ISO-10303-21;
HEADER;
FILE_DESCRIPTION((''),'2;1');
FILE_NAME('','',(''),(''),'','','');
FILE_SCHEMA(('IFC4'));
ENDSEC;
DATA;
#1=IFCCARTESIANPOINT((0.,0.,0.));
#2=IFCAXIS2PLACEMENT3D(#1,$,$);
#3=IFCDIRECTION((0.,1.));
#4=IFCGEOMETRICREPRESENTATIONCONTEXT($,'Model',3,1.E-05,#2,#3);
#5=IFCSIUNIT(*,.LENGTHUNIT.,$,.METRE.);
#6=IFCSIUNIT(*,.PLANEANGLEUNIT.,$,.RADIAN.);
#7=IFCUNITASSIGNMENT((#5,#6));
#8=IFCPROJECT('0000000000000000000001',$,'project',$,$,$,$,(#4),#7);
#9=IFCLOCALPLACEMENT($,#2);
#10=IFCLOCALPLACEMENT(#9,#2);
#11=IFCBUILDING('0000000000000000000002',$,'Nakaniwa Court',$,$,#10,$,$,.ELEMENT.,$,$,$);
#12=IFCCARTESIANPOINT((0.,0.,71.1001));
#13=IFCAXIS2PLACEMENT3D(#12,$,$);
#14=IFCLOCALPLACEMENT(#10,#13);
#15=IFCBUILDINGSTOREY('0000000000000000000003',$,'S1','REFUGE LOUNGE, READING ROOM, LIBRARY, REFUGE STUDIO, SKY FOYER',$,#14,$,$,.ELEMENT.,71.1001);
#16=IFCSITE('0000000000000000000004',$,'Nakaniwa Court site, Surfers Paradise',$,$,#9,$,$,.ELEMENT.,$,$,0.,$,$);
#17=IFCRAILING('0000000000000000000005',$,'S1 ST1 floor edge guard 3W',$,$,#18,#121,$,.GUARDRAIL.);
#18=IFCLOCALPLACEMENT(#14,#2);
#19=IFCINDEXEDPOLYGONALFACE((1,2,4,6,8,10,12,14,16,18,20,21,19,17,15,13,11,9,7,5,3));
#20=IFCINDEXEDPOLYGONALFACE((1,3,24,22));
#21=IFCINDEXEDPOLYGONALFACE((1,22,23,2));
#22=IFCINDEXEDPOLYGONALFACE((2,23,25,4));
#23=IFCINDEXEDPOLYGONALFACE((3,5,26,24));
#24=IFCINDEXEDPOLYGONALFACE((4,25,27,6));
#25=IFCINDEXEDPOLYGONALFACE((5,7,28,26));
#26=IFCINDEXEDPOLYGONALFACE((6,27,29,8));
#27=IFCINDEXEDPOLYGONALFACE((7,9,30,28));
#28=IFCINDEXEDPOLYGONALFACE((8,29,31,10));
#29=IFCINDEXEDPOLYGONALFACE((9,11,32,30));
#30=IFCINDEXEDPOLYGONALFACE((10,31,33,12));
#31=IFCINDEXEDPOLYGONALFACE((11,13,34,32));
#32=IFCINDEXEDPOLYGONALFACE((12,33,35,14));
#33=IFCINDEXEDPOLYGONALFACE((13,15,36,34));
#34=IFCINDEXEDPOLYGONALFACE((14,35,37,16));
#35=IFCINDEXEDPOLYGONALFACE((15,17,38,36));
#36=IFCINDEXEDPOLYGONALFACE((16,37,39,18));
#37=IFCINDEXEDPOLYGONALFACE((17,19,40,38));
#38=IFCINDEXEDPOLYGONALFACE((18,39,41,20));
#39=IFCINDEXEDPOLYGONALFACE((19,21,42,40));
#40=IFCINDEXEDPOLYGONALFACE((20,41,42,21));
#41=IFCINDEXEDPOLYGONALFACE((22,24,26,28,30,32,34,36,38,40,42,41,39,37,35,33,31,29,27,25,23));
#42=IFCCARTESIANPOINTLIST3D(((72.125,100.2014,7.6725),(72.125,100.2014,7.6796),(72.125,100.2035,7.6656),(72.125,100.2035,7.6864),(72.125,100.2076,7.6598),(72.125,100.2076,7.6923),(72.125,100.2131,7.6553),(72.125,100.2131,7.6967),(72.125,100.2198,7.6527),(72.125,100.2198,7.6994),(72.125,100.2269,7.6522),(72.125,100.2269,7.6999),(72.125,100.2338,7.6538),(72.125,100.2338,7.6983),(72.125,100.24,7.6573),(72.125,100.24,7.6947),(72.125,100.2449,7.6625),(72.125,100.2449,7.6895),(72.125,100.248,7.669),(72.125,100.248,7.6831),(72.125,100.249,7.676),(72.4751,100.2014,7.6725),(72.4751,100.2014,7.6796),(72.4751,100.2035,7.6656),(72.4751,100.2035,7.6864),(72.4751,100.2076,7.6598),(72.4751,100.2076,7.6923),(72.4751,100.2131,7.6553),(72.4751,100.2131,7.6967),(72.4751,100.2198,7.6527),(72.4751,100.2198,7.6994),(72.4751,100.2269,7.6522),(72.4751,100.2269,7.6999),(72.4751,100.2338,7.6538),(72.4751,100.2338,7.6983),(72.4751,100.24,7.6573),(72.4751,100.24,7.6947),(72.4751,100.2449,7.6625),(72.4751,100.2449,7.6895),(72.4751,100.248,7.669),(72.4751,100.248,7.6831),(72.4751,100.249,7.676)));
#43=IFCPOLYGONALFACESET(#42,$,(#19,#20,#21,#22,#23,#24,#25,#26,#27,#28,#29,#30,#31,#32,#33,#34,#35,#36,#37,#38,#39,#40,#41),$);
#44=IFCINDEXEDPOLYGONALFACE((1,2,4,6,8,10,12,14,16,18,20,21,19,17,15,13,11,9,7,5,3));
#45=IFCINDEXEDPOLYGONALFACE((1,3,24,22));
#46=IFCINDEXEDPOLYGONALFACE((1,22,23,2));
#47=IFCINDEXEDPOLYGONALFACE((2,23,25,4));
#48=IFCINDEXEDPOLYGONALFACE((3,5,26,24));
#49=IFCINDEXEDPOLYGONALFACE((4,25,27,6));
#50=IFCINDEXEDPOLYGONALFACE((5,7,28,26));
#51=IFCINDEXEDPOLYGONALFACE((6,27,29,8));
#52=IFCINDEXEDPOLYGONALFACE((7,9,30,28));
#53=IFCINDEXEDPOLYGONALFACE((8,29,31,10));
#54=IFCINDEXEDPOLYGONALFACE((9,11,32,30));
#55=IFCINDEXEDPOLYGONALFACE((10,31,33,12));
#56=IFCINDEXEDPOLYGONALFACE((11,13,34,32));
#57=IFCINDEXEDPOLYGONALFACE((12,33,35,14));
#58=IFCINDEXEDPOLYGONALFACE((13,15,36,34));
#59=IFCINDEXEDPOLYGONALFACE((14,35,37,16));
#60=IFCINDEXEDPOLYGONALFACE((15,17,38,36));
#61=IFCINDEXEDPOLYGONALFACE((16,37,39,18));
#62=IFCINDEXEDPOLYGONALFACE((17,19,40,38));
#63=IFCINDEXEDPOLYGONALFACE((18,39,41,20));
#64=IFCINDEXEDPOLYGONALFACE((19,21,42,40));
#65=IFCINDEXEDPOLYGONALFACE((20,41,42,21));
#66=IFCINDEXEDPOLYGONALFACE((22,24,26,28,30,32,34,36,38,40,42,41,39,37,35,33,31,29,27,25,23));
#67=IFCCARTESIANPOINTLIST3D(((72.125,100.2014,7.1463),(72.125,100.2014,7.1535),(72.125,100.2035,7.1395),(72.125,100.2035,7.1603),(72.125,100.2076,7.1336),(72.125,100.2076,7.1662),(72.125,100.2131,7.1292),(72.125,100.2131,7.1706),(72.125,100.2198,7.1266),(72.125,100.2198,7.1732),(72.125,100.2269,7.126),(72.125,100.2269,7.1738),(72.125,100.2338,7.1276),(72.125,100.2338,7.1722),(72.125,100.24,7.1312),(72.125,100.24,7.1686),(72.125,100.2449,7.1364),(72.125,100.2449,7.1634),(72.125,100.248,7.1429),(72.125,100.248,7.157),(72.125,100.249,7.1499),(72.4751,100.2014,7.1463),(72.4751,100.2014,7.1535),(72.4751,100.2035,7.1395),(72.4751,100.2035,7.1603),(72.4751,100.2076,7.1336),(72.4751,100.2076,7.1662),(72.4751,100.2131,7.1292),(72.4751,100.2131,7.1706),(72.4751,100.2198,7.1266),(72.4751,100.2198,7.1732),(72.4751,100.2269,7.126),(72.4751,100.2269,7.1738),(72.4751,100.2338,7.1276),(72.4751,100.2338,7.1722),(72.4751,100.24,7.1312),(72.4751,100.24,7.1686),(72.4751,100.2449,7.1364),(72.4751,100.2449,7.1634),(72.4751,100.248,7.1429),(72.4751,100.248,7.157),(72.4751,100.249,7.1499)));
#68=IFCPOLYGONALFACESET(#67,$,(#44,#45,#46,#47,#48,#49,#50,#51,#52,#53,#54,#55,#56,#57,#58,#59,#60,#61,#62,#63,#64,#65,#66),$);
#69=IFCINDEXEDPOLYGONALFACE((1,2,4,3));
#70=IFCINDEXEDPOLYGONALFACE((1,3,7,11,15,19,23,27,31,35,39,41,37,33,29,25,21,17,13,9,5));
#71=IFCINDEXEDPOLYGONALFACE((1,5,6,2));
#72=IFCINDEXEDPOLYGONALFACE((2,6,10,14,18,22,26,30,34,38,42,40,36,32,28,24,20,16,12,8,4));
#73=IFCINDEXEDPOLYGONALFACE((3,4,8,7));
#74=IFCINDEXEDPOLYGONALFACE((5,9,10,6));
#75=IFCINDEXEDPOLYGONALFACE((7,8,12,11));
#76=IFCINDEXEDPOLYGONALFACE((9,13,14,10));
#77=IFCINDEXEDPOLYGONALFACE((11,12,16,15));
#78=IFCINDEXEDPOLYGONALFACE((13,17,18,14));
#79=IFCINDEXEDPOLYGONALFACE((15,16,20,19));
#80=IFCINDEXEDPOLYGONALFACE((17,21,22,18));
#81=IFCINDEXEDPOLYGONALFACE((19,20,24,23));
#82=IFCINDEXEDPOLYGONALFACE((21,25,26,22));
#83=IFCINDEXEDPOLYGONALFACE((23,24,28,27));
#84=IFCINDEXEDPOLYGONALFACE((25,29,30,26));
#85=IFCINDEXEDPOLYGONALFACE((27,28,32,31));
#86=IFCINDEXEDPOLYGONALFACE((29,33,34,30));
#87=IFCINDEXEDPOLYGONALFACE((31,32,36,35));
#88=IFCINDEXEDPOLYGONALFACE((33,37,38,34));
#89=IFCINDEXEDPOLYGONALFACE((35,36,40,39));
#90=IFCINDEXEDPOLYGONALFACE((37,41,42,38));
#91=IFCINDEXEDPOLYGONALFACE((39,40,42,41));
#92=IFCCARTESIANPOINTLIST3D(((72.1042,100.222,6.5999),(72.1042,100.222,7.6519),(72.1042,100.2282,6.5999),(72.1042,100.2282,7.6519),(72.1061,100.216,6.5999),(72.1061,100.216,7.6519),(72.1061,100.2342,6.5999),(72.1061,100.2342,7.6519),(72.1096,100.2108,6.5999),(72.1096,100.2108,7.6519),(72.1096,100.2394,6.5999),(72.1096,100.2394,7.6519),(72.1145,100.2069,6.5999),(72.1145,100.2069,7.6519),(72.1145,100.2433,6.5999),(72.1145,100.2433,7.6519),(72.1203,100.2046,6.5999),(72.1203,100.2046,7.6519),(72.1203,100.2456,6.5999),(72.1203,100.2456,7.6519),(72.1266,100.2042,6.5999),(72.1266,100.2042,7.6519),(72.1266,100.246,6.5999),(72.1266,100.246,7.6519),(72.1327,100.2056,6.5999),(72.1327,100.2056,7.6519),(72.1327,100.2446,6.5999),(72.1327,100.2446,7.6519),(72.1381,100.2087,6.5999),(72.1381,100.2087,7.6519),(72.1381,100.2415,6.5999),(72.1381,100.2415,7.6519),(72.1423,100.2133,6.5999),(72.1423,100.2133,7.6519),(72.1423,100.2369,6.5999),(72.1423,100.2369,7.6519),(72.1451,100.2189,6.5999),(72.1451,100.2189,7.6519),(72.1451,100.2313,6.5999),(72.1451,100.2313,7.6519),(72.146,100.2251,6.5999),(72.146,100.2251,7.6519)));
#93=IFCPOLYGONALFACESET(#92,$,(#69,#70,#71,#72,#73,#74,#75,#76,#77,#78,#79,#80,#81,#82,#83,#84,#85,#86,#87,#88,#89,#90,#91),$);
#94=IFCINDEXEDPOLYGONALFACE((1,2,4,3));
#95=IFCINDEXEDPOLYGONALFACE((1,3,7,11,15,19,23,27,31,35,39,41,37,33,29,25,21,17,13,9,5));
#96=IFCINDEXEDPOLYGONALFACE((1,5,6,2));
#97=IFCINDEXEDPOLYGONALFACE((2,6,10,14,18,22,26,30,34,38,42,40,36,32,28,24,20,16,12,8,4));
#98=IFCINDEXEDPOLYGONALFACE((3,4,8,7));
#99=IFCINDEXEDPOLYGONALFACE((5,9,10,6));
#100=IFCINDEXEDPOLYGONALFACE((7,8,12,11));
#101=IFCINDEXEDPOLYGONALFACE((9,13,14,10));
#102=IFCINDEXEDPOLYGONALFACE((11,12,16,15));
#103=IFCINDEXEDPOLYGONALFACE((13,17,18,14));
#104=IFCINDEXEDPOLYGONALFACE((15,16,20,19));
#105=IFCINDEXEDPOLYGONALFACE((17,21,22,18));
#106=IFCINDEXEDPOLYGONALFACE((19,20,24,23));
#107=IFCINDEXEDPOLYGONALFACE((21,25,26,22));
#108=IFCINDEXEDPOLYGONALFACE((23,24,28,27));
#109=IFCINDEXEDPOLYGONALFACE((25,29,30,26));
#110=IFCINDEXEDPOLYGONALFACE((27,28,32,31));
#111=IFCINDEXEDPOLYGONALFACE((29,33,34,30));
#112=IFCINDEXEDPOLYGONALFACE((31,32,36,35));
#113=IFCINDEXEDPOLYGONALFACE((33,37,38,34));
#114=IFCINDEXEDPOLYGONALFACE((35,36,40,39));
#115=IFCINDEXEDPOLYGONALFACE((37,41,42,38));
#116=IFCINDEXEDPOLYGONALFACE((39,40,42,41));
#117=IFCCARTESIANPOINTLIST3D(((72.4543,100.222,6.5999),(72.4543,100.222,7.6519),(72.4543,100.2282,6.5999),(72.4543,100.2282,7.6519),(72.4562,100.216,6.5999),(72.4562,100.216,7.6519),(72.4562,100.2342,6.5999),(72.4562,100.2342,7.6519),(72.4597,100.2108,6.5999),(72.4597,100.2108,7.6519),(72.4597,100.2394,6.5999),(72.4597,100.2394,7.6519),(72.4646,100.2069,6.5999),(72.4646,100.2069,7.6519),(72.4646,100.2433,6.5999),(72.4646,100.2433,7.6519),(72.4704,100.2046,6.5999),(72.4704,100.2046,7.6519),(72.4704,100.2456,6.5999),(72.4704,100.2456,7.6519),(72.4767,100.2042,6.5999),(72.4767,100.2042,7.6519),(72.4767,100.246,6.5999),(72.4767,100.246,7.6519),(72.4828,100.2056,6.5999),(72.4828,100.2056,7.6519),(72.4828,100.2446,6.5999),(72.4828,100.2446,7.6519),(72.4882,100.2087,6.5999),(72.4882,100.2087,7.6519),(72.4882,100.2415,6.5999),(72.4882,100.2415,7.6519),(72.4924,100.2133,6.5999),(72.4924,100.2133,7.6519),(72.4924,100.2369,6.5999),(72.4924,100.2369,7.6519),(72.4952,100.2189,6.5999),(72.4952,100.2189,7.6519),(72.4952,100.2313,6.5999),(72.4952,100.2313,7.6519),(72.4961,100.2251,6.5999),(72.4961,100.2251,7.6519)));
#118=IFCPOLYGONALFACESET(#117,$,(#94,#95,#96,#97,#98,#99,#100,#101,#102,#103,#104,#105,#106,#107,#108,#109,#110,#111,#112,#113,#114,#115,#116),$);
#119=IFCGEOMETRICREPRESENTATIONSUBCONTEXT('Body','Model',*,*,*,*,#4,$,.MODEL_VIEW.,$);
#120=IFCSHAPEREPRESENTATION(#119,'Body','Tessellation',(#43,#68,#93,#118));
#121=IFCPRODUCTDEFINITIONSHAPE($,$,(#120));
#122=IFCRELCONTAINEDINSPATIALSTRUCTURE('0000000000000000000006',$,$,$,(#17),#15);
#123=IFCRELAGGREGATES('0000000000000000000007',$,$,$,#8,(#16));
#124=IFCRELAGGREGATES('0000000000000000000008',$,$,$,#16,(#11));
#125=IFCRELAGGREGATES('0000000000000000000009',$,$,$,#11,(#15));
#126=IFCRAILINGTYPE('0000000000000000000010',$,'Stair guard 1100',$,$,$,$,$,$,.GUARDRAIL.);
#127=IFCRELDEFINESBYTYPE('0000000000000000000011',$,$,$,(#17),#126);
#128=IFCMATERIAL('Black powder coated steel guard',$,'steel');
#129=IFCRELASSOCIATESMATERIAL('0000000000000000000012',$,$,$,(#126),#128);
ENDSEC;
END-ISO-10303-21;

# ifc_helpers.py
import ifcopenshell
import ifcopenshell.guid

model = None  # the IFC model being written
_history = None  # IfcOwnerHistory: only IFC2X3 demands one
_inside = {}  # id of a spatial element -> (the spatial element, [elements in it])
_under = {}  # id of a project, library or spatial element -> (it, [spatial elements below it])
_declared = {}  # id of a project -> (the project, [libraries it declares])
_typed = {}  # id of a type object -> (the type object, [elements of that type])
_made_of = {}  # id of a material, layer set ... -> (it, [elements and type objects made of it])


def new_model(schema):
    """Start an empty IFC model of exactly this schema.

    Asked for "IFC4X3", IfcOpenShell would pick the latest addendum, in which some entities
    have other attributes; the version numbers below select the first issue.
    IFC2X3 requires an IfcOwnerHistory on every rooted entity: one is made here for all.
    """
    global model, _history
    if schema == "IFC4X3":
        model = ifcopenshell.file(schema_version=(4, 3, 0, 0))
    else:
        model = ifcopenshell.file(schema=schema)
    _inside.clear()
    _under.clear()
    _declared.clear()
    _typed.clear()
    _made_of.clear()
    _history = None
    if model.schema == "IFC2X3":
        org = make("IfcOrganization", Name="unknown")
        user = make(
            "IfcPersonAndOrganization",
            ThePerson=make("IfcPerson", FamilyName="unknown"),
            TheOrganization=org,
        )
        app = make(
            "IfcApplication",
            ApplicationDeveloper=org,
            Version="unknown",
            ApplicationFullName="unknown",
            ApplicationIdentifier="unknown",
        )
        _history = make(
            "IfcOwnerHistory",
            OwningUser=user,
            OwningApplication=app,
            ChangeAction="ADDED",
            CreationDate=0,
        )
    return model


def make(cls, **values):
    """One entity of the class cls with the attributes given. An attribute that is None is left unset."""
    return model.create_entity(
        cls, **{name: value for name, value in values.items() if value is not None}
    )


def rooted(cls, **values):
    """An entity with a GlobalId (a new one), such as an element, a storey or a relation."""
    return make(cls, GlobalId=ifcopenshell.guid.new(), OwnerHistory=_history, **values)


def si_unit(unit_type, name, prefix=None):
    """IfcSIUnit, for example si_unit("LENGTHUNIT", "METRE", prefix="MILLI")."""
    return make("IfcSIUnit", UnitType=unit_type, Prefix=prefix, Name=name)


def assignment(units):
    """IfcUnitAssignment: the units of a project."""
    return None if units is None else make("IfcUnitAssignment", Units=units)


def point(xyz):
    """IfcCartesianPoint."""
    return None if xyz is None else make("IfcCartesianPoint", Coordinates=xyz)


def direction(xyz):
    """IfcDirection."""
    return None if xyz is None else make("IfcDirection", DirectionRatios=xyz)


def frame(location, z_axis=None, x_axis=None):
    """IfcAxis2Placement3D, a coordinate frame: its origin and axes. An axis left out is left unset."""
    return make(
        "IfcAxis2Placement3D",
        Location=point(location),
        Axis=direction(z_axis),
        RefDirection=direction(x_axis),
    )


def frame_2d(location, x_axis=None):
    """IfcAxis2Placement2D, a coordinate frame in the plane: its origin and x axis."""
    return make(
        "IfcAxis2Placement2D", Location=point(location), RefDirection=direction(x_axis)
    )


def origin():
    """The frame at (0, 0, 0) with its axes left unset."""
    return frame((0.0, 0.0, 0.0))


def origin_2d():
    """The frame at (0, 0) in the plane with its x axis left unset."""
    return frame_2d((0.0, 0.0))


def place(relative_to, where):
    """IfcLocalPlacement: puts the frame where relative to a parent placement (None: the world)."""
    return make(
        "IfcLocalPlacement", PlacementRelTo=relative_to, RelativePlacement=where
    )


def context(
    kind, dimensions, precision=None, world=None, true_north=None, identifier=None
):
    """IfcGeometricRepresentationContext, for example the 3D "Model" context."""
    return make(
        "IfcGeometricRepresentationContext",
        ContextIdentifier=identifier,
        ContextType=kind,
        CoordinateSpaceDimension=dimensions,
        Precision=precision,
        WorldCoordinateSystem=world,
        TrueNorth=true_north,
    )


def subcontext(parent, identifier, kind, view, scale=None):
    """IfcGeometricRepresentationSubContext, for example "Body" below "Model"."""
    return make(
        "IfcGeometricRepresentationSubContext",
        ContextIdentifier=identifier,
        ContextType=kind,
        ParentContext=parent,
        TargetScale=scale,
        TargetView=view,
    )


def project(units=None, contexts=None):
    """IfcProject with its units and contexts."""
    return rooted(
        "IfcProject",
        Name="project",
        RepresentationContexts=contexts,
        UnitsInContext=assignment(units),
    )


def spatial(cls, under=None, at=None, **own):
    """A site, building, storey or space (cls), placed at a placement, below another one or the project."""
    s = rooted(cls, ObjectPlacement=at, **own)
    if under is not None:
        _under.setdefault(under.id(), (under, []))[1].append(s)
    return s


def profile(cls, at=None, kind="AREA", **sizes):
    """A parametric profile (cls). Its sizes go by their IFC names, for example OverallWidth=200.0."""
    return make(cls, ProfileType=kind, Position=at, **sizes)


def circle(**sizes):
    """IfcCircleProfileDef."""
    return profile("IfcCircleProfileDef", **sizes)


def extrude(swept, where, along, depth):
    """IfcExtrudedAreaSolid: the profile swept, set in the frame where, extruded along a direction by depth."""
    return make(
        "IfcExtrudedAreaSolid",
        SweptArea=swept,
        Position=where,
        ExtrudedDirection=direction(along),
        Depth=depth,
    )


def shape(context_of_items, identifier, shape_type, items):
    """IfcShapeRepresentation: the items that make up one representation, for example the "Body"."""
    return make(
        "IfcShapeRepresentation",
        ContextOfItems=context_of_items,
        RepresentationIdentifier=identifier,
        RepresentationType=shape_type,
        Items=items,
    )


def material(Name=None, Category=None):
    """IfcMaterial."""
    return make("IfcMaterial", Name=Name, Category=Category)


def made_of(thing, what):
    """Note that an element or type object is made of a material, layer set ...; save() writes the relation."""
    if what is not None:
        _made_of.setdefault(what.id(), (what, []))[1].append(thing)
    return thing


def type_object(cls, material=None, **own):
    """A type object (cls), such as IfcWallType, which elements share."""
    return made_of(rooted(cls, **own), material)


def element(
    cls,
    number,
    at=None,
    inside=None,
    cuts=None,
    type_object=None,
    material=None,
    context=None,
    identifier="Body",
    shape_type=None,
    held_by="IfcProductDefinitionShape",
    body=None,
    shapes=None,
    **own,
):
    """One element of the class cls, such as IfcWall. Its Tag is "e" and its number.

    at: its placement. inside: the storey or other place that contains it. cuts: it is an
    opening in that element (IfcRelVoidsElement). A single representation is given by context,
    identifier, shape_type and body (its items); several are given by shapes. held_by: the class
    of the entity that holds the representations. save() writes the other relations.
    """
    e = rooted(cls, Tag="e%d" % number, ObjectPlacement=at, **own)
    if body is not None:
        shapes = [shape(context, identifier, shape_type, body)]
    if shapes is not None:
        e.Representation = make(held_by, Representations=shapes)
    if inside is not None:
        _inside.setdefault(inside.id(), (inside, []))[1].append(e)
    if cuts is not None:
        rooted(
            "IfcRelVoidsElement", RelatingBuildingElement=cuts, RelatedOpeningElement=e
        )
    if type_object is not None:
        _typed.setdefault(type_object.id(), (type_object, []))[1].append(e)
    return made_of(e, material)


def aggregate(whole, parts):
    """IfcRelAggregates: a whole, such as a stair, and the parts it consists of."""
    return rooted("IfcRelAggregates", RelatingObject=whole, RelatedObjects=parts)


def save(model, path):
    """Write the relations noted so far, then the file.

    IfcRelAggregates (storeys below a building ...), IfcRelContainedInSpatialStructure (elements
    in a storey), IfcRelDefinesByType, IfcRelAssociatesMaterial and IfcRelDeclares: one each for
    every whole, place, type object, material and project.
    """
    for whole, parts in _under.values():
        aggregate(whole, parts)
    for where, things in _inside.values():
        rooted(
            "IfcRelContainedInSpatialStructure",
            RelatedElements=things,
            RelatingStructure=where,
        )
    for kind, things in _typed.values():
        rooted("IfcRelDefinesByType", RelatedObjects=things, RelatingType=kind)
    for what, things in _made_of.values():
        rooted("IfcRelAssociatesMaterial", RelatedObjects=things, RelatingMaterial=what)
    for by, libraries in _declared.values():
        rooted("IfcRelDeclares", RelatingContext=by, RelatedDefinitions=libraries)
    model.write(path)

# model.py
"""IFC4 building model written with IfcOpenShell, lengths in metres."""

from ifc_helpers import new_model, si_unit, direction, frame, origin, origin_2d, place, context, subcontext, project, spatial, circle, extrude, material, type_object, element, save


model = new_model("IFC4")

# Units and contexts
model_context = context("Model", 3, precision=1e-05, world=origin(), true_north=direction((0.0, 1.0)))
body_context = subcontext(model_context, "Body", "Model", "MODEL_VIEW")
ifc_project = project(units=[si_unit("LENGTHUNIT", "METRE"), si_unit("PLANEANGLEUNIT", "RADIAN")], contexts=[model_context])

# Site, building, storey
site_placement = place(None, origin())
site = spatial("IfcSite", under=ifc_project, at=site_placement, Name="Nakaniwa Court site, Surfers Paradise", CompositionType="ELEMENT", RefElevation=0.0)
building_placement = place(site_placement, origin())
building = spatial("IfcBuilding", under=site, at=building_placement, Name="Nakaniwa Court", CompositionType="ELEMENT")
storey_placement = place(building_placement, frame((0.0, 0.0, 71.1001)))
storey = spatial("IfcBuildingStorey", under=building, at=storey_placement, Name="S1", Description="REFUGE LOUNGE, READING ROOM, LIBRARY, REFUGE STUDIO, SKY FOYER", CompositionType="ELEMENT", Elevation=71.1001)

# Railing
ifc_material_1 = material(Name="Black powder coated steel guard", Category="steel")
railing_type_1 = type_object("IfcRailingType", Name="Stair guard 1100", PredefinedType="GUARDRAIL", material=ifc_material_1)
for number, where, name in (
    (1, (72.125, 100.2251, 6.5999), "S1 ST1 floor edge guard 3W"),
):
    element("IfcRailing", number, at=place(storey_placement, frame(where)), inside=storey, type_object=railing_type_1, Name=name, PredefinedType="GUARDRAIL", context=body_context, shape_type="SweptSolid", body=[
        extrude(circle(Radius=0.0239, at=origin_2d()), frame((0.0, 0.0, 1.0762), z_axis=(1.0, 0.0, 0.0), x_axis=(0.0, 1.0, 0.0)), (0.0, 0.0, 1.0), 0.3501),
        extrude(circle(Radius=0.0239, at=origin_2d()), frame((0.0, 0.0, 0.55), z_axis=(1.0, 0.0, 0.0), x_axis=(0.0, 1.0, 0.0)), (0.0, 0.0, 1.0), 0.3501),
        extrude(circle(Radius=0.021, at=origin_2d()), origin(), (0.0, 0.0, 1.0), 1.052),
        extrude(circle(Radius=0.021, at=origin_2d()), frame((0.3501, 0.0, 0.0)), (0.0, 0.0, 1.0), 1.052),
    ])

save(model, "model.ifc")
